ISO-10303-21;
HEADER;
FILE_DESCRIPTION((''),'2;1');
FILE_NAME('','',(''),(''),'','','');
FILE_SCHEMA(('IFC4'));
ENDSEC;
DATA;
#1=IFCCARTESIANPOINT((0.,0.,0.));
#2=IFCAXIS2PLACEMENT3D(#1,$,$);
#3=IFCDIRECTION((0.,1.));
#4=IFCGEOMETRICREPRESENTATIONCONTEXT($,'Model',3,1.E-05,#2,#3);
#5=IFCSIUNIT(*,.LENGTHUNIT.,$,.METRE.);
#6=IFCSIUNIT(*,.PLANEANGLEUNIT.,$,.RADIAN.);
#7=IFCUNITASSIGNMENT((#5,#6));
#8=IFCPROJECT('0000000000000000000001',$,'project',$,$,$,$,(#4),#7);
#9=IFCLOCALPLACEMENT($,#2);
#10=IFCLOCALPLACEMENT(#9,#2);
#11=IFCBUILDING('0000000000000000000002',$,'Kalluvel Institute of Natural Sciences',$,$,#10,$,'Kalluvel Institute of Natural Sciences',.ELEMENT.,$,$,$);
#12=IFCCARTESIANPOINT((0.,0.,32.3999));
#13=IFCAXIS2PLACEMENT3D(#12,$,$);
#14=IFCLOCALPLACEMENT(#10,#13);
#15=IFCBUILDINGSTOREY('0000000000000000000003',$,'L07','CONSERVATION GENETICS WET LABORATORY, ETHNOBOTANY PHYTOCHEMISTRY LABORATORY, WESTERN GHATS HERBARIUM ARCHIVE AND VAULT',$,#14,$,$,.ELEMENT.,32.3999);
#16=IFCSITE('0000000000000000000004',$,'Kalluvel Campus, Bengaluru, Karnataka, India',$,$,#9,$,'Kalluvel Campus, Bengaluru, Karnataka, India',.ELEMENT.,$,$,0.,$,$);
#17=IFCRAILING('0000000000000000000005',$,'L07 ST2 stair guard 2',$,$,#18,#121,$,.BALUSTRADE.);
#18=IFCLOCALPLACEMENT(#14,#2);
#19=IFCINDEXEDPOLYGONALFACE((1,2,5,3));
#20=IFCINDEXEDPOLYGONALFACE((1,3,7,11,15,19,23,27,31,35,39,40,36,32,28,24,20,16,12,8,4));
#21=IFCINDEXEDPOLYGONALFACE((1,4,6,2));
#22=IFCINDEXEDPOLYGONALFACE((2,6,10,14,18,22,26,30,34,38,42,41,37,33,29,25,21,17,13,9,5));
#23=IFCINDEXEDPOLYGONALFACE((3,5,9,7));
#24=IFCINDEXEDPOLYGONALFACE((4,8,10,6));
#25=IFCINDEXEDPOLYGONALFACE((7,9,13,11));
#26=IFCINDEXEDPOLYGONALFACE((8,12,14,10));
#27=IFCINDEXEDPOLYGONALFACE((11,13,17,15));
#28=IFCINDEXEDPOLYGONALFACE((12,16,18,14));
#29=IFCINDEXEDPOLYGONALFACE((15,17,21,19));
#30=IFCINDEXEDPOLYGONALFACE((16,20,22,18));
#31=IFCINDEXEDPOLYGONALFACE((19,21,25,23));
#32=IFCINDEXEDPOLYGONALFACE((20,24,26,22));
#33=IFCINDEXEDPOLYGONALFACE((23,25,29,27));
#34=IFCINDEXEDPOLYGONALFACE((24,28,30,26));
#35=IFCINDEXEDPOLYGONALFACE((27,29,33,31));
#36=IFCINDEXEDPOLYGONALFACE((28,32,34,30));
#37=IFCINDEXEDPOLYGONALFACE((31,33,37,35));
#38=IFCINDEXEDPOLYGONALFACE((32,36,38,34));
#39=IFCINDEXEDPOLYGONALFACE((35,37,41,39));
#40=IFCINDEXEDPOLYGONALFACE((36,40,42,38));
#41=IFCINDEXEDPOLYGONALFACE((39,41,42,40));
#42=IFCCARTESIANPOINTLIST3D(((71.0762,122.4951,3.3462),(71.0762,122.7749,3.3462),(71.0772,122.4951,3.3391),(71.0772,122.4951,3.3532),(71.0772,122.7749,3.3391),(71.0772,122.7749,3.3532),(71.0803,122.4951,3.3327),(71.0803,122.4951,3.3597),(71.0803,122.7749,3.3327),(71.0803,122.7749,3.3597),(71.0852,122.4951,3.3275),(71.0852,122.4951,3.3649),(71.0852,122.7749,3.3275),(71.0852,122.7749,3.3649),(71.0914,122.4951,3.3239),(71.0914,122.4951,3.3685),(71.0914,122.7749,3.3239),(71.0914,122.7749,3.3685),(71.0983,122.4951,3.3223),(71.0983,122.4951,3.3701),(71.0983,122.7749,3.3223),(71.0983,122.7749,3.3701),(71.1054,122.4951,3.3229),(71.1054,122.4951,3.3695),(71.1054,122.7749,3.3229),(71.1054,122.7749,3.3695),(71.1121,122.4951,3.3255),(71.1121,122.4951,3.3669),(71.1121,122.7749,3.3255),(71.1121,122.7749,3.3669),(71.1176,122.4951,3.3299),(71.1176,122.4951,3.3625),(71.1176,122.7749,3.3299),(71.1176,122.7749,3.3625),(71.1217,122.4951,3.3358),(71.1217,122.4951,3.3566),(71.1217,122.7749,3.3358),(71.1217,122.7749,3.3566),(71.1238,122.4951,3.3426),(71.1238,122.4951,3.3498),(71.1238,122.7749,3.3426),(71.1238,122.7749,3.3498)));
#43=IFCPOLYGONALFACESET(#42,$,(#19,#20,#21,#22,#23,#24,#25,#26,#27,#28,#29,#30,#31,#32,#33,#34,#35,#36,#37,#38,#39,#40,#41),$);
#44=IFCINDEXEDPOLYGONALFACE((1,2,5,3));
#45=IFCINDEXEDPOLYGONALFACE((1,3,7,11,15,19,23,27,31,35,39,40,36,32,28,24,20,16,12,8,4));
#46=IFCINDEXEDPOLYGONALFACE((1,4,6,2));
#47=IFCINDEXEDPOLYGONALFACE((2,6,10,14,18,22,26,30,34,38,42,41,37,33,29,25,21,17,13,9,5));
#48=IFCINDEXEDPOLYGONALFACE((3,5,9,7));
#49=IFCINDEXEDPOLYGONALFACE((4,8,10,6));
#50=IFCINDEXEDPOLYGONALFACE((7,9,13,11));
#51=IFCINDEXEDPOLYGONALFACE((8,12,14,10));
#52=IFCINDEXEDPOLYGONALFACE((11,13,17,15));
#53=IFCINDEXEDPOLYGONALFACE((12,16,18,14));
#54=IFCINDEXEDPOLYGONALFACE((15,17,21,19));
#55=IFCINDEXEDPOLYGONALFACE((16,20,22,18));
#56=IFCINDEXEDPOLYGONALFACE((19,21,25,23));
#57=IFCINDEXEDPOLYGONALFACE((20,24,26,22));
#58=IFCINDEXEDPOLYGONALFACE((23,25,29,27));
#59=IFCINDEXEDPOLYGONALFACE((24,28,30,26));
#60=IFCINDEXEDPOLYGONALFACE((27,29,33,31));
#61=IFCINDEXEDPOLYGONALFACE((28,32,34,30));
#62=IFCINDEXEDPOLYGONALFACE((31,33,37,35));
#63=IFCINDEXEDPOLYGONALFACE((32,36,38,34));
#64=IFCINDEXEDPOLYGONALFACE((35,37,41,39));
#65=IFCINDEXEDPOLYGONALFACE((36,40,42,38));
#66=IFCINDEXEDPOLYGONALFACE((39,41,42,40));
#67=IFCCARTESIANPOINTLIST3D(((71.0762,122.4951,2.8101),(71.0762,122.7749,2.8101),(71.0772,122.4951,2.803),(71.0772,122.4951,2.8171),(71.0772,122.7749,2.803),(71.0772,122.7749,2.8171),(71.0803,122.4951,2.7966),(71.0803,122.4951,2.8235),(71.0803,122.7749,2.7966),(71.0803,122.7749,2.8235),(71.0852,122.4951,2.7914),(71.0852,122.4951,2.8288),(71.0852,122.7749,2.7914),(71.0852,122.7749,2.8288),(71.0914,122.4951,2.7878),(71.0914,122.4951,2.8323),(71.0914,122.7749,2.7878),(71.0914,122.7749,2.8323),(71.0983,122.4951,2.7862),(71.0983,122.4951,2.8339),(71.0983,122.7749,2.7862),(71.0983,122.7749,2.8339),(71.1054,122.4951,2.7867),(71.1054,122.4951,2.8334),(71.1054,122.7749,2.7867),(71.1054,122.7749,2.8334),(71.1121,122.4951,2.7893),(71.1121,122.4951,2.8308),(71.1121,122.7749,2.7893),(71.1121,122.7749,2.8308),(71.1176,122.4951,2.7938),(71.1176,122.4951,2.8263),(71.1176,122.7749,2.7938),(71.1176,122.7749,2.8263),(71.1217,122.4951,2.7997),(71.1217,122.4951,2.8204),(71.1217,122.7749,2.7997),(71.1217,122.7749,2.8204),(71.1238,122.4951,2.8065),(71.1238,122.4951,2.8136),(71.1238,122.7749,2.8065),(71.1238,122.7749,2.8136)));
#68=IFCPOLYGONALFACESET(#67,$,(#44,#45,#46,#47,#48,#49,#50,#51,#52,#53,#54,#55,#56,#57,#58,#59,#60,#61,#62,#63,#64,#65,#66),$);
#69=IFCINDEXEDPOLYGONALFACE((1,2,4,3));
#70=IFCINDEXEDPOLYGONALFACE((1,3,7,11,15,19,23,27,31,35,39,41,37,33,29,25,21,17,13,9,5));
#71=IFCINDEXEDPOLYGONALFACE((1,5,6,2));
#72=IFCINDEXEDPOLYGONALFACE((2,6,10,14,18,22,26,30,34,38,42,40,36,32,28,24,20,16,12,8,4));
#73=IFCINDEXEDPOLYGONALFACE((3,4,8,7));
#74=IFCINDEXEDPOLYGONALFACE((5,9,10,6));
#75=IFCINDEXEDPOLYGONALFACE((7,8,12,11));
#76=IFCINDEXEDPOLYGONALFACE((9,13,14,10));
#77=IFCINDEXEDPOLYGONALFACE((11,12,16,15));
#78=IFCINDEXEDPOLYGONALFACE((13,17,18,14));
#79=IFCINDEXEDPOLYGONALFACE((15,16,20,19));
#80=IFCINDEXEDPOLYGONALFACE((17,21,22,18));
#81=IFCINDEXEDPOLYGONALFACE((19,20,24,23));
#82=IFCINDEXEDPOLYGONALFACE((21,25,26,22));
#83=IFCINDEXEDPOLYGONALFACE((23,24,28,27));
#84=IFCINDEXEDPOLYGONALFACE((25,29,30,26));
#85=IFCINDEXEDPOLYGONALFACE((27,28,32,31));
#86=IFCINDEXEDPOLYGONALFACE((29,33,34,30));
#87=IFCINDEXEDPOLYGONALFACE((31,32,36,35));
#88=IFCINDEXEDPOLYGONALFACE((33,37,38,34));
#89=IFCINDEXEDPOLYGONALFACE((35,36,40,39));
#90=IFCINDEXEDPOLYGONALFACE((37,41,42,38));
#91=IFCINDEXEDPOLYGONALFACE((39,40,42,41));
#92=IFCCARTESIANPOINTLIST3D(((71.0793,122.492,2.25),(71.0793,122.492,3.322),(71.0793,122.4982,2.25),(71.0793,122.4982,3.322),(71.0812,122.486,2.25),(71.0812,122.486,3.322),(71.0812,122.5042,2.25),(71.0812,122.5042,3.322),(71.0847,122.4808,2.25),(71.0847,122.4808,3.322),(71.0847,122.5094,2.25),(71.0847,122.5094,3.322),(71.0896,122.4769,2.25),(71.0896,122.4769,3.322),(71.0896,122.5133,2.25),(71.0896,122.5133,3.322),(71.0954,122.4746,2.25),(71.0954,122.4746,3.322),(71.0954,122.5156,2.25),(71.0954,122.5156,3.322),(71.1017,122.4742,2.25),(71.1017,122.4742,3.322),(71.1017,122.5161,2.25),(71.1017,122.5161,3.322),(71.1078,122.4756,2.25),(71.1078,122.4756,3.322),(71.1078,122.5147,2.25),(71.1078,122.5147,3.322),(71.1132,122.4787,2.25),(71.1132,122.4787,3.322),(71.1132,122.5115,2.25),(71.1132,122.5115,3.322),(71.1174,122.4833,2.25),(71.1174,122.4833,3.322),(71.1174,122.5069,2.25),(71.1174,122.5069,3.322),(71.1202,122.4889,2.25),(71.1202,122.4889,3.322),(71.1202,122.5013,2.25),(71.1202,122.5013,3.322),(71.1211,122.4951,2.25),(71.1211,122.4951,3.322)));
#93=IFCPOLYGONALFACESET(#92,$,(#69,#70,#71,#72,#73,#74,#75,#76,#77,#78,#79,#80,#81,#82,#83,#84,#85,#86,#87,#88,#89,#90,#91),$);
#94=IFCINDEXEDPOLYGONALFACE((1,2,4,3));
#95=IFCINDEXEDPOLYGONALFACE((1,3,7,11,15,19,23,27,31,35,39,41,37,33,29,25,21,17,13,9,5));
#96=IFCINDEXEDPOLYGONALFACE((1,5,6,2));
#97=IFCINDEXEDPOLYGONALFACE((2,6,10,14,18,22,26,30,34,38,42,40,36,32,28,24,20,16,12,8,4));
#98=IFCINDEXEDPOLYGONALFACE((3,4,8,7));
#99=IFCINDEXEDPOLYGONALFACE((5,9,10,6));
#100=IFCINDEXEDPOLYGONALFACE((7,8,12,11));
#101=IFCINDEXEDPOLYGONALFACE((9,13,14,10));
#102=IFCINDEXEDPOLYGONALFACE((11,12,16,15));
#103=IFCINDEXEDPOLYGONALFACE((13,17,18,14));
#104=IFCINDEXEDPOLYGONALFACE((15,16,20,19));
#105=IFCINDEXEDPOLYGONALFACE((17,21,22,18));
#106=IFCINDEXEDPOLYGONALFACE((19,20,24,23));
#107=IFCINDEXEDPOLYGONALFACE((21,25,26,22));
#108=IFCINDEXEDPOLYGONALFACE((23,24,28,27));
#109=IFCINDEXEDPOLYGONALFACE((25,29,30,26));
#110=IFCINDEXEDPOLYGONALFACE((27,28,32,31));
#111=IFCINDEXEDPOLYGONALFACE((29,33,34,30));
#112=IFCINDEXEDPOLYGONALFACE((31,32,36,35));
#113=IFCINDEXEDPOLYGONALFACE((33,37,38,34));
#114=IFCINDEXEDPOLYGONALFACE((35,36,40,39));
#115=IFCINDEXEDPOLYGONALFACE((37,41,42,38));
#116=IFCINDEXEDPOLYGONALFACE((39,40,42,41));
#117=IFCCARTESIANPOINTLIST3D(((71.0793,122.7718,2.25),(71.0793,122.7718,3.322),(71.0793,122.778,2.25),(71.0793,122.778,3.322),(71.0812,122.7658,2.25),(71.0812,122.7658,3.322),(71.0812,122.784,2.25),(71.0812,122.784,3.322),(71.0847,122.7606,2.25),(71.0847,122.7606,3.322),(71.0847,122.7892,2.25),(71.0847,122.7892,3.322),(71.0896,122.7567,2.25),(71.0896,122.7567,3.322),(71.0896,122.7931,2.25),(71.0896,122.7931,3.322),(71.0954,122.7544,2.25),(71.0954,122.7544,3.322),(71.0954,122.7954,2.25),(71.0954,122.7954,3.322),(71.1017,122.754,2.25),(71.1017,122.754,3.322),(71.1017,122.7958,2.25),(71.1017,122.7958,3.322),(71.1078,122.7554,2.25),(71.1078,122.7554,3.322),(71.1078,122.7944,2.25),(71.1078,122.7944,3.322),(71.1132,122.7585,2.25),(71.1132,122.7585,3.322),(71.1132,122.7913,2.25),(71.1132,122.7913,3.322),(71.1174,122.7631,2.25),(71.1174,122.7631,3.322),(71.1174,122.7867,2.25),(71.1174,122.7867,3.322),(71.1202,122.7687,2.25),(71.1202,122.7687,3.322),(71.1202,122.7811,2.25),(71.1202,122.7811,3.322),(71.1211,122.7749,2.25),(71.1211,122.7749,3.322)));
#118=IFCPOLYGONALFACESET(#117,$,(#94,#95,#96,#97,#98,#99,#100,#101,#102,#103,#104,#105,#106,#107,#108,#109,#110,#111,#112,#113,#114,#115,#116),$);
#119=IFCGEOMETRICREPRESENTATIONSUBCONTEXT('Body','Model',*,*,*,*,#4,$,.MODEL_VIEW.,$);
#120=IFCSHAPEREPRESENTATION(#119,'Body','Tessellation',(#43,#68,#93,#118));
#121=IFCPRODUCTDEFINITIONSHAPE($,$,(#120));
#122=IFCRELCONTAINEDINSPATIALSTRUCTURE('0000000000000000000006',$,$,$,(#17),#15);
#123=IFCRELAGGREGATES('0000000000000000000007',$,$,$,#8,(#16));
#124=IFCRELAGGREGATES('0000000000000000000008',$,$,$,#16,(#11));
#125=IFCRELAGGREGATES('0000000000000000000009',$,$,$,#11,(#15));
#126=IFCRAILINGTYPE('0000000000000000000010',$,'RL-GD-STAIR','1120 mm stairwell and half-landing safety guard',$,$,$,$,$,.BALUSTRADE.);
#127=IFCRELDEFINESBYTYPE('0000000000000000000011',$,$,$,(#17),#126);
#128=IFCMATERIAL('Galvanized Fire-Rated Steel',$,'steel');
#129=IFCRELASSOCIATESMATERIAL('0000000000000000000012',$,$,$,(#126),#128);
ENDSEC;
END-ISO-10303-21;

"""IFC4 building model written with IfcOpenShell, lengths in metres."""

from ifc_helpers import new_model, si_unit, direction, frame, origin, origin_2d, place, context, subcontext, project, spatial, circle, extrude, material, type_object, element, save


model = new_model("IFC4")

# Units and contexts
model_context = context("Model", 3, precision=1e-05, world=origin(), true_north=direction((0.0, 1.0)))
body_context = subcontext(model_context, "Body", "Model", "MODEL_VIEW")
ifc_project = project(units=[si_unit("LENGTHUNIT", "METRE"), si_unit("PLANEANGLEUNIT", "RADIAN")], contexts=[model_context])

# Site, building, storey
site_placement = place(None, origin())
site = spatial("IfcSite", under=ifc_project, at=site_placement, Name="Kalluvel Campus, Bengaluru, Karnataka, India", LongName="Kalluvel Campus, Bengaluru, Karnataka, India", CompositionType="ELEMENT", RefElevation=0.0)
building_placement = place(site_placement, origin())
building = spatial("IfcBuilding", under=site, at=building_placement, Name="Kalluvel Institute of Natural Sciences", LongName="Kalluvel Institute of Natural Sciences", CompositionType="ELEMENT")
storey_placement = place(building_placement, frame((0.0, 0.0, 32.3999)))
storey = spatial("IfcBuildingStorey", under=building, at=storey_placement, Name="L07", Description="CONSERVATION GENETICS WET LABORATORY, ETHNOBOTANY PHYTOCHEMISTRY LABORATORY, WESTERN GHATS HERBARIUM ARCHIVE AND VAULT", CompositionType="ELEMENT", Elevation=32.3999)

# Shared definitions
ifc_material_1 = material(Name="Galvanized Fire-Rated Steel", Category="steel")

# Railing
railing_type_1 = type_object("IfcRailingType", Name="RL-GD-STAIR", Description="1120 mm stairwell and half-landing safety guard", PredefinedType="BALUSTRADE", material=ifc_material_1)
railing_1_placement = place(storey_placement, frame((71.1001, 122.4951, 2.25)))
element("IfcRailing", 1, at=railing_1_placement, inside=storey, type_object=railing_type_1, Name="L07 ST2 stair guard 2", PredefinedType="BALUSTRADE", context=body_context, shape_type="SweptSolid", body=[
    extrude(circle(Radius=0.0239, at=origin_2d()), frame((0.0, 0.0, 1.0962), z_axis=(0.0, 1.0, 0.0), x_axis=(-1.0, 0.0, 0.0)), (0.0, 0.0, 1.0), 0.2798),
    extrude(circle(Radius=0.0239, at=origin_2d()), frame((0.0, 0.0, 0.5601), z_axis=(0.0, 1.0, 0.0), x_axis=(-1.0, 0.0, 0.0)), (0.0, 0.0, 1.0), 0.2798),
    extrude(circle(Radius=0.021, at=origin_2d()), origin(), (0.0, 0.0, 1.0), 1.072),
    extrude(circle(Radius=0.021, at=origin_2d()), frame((0.0, 0.2798, 0.0)), (0.0, 0.0, 1.0), 1.072),
])

save(model, "model.ifc")
